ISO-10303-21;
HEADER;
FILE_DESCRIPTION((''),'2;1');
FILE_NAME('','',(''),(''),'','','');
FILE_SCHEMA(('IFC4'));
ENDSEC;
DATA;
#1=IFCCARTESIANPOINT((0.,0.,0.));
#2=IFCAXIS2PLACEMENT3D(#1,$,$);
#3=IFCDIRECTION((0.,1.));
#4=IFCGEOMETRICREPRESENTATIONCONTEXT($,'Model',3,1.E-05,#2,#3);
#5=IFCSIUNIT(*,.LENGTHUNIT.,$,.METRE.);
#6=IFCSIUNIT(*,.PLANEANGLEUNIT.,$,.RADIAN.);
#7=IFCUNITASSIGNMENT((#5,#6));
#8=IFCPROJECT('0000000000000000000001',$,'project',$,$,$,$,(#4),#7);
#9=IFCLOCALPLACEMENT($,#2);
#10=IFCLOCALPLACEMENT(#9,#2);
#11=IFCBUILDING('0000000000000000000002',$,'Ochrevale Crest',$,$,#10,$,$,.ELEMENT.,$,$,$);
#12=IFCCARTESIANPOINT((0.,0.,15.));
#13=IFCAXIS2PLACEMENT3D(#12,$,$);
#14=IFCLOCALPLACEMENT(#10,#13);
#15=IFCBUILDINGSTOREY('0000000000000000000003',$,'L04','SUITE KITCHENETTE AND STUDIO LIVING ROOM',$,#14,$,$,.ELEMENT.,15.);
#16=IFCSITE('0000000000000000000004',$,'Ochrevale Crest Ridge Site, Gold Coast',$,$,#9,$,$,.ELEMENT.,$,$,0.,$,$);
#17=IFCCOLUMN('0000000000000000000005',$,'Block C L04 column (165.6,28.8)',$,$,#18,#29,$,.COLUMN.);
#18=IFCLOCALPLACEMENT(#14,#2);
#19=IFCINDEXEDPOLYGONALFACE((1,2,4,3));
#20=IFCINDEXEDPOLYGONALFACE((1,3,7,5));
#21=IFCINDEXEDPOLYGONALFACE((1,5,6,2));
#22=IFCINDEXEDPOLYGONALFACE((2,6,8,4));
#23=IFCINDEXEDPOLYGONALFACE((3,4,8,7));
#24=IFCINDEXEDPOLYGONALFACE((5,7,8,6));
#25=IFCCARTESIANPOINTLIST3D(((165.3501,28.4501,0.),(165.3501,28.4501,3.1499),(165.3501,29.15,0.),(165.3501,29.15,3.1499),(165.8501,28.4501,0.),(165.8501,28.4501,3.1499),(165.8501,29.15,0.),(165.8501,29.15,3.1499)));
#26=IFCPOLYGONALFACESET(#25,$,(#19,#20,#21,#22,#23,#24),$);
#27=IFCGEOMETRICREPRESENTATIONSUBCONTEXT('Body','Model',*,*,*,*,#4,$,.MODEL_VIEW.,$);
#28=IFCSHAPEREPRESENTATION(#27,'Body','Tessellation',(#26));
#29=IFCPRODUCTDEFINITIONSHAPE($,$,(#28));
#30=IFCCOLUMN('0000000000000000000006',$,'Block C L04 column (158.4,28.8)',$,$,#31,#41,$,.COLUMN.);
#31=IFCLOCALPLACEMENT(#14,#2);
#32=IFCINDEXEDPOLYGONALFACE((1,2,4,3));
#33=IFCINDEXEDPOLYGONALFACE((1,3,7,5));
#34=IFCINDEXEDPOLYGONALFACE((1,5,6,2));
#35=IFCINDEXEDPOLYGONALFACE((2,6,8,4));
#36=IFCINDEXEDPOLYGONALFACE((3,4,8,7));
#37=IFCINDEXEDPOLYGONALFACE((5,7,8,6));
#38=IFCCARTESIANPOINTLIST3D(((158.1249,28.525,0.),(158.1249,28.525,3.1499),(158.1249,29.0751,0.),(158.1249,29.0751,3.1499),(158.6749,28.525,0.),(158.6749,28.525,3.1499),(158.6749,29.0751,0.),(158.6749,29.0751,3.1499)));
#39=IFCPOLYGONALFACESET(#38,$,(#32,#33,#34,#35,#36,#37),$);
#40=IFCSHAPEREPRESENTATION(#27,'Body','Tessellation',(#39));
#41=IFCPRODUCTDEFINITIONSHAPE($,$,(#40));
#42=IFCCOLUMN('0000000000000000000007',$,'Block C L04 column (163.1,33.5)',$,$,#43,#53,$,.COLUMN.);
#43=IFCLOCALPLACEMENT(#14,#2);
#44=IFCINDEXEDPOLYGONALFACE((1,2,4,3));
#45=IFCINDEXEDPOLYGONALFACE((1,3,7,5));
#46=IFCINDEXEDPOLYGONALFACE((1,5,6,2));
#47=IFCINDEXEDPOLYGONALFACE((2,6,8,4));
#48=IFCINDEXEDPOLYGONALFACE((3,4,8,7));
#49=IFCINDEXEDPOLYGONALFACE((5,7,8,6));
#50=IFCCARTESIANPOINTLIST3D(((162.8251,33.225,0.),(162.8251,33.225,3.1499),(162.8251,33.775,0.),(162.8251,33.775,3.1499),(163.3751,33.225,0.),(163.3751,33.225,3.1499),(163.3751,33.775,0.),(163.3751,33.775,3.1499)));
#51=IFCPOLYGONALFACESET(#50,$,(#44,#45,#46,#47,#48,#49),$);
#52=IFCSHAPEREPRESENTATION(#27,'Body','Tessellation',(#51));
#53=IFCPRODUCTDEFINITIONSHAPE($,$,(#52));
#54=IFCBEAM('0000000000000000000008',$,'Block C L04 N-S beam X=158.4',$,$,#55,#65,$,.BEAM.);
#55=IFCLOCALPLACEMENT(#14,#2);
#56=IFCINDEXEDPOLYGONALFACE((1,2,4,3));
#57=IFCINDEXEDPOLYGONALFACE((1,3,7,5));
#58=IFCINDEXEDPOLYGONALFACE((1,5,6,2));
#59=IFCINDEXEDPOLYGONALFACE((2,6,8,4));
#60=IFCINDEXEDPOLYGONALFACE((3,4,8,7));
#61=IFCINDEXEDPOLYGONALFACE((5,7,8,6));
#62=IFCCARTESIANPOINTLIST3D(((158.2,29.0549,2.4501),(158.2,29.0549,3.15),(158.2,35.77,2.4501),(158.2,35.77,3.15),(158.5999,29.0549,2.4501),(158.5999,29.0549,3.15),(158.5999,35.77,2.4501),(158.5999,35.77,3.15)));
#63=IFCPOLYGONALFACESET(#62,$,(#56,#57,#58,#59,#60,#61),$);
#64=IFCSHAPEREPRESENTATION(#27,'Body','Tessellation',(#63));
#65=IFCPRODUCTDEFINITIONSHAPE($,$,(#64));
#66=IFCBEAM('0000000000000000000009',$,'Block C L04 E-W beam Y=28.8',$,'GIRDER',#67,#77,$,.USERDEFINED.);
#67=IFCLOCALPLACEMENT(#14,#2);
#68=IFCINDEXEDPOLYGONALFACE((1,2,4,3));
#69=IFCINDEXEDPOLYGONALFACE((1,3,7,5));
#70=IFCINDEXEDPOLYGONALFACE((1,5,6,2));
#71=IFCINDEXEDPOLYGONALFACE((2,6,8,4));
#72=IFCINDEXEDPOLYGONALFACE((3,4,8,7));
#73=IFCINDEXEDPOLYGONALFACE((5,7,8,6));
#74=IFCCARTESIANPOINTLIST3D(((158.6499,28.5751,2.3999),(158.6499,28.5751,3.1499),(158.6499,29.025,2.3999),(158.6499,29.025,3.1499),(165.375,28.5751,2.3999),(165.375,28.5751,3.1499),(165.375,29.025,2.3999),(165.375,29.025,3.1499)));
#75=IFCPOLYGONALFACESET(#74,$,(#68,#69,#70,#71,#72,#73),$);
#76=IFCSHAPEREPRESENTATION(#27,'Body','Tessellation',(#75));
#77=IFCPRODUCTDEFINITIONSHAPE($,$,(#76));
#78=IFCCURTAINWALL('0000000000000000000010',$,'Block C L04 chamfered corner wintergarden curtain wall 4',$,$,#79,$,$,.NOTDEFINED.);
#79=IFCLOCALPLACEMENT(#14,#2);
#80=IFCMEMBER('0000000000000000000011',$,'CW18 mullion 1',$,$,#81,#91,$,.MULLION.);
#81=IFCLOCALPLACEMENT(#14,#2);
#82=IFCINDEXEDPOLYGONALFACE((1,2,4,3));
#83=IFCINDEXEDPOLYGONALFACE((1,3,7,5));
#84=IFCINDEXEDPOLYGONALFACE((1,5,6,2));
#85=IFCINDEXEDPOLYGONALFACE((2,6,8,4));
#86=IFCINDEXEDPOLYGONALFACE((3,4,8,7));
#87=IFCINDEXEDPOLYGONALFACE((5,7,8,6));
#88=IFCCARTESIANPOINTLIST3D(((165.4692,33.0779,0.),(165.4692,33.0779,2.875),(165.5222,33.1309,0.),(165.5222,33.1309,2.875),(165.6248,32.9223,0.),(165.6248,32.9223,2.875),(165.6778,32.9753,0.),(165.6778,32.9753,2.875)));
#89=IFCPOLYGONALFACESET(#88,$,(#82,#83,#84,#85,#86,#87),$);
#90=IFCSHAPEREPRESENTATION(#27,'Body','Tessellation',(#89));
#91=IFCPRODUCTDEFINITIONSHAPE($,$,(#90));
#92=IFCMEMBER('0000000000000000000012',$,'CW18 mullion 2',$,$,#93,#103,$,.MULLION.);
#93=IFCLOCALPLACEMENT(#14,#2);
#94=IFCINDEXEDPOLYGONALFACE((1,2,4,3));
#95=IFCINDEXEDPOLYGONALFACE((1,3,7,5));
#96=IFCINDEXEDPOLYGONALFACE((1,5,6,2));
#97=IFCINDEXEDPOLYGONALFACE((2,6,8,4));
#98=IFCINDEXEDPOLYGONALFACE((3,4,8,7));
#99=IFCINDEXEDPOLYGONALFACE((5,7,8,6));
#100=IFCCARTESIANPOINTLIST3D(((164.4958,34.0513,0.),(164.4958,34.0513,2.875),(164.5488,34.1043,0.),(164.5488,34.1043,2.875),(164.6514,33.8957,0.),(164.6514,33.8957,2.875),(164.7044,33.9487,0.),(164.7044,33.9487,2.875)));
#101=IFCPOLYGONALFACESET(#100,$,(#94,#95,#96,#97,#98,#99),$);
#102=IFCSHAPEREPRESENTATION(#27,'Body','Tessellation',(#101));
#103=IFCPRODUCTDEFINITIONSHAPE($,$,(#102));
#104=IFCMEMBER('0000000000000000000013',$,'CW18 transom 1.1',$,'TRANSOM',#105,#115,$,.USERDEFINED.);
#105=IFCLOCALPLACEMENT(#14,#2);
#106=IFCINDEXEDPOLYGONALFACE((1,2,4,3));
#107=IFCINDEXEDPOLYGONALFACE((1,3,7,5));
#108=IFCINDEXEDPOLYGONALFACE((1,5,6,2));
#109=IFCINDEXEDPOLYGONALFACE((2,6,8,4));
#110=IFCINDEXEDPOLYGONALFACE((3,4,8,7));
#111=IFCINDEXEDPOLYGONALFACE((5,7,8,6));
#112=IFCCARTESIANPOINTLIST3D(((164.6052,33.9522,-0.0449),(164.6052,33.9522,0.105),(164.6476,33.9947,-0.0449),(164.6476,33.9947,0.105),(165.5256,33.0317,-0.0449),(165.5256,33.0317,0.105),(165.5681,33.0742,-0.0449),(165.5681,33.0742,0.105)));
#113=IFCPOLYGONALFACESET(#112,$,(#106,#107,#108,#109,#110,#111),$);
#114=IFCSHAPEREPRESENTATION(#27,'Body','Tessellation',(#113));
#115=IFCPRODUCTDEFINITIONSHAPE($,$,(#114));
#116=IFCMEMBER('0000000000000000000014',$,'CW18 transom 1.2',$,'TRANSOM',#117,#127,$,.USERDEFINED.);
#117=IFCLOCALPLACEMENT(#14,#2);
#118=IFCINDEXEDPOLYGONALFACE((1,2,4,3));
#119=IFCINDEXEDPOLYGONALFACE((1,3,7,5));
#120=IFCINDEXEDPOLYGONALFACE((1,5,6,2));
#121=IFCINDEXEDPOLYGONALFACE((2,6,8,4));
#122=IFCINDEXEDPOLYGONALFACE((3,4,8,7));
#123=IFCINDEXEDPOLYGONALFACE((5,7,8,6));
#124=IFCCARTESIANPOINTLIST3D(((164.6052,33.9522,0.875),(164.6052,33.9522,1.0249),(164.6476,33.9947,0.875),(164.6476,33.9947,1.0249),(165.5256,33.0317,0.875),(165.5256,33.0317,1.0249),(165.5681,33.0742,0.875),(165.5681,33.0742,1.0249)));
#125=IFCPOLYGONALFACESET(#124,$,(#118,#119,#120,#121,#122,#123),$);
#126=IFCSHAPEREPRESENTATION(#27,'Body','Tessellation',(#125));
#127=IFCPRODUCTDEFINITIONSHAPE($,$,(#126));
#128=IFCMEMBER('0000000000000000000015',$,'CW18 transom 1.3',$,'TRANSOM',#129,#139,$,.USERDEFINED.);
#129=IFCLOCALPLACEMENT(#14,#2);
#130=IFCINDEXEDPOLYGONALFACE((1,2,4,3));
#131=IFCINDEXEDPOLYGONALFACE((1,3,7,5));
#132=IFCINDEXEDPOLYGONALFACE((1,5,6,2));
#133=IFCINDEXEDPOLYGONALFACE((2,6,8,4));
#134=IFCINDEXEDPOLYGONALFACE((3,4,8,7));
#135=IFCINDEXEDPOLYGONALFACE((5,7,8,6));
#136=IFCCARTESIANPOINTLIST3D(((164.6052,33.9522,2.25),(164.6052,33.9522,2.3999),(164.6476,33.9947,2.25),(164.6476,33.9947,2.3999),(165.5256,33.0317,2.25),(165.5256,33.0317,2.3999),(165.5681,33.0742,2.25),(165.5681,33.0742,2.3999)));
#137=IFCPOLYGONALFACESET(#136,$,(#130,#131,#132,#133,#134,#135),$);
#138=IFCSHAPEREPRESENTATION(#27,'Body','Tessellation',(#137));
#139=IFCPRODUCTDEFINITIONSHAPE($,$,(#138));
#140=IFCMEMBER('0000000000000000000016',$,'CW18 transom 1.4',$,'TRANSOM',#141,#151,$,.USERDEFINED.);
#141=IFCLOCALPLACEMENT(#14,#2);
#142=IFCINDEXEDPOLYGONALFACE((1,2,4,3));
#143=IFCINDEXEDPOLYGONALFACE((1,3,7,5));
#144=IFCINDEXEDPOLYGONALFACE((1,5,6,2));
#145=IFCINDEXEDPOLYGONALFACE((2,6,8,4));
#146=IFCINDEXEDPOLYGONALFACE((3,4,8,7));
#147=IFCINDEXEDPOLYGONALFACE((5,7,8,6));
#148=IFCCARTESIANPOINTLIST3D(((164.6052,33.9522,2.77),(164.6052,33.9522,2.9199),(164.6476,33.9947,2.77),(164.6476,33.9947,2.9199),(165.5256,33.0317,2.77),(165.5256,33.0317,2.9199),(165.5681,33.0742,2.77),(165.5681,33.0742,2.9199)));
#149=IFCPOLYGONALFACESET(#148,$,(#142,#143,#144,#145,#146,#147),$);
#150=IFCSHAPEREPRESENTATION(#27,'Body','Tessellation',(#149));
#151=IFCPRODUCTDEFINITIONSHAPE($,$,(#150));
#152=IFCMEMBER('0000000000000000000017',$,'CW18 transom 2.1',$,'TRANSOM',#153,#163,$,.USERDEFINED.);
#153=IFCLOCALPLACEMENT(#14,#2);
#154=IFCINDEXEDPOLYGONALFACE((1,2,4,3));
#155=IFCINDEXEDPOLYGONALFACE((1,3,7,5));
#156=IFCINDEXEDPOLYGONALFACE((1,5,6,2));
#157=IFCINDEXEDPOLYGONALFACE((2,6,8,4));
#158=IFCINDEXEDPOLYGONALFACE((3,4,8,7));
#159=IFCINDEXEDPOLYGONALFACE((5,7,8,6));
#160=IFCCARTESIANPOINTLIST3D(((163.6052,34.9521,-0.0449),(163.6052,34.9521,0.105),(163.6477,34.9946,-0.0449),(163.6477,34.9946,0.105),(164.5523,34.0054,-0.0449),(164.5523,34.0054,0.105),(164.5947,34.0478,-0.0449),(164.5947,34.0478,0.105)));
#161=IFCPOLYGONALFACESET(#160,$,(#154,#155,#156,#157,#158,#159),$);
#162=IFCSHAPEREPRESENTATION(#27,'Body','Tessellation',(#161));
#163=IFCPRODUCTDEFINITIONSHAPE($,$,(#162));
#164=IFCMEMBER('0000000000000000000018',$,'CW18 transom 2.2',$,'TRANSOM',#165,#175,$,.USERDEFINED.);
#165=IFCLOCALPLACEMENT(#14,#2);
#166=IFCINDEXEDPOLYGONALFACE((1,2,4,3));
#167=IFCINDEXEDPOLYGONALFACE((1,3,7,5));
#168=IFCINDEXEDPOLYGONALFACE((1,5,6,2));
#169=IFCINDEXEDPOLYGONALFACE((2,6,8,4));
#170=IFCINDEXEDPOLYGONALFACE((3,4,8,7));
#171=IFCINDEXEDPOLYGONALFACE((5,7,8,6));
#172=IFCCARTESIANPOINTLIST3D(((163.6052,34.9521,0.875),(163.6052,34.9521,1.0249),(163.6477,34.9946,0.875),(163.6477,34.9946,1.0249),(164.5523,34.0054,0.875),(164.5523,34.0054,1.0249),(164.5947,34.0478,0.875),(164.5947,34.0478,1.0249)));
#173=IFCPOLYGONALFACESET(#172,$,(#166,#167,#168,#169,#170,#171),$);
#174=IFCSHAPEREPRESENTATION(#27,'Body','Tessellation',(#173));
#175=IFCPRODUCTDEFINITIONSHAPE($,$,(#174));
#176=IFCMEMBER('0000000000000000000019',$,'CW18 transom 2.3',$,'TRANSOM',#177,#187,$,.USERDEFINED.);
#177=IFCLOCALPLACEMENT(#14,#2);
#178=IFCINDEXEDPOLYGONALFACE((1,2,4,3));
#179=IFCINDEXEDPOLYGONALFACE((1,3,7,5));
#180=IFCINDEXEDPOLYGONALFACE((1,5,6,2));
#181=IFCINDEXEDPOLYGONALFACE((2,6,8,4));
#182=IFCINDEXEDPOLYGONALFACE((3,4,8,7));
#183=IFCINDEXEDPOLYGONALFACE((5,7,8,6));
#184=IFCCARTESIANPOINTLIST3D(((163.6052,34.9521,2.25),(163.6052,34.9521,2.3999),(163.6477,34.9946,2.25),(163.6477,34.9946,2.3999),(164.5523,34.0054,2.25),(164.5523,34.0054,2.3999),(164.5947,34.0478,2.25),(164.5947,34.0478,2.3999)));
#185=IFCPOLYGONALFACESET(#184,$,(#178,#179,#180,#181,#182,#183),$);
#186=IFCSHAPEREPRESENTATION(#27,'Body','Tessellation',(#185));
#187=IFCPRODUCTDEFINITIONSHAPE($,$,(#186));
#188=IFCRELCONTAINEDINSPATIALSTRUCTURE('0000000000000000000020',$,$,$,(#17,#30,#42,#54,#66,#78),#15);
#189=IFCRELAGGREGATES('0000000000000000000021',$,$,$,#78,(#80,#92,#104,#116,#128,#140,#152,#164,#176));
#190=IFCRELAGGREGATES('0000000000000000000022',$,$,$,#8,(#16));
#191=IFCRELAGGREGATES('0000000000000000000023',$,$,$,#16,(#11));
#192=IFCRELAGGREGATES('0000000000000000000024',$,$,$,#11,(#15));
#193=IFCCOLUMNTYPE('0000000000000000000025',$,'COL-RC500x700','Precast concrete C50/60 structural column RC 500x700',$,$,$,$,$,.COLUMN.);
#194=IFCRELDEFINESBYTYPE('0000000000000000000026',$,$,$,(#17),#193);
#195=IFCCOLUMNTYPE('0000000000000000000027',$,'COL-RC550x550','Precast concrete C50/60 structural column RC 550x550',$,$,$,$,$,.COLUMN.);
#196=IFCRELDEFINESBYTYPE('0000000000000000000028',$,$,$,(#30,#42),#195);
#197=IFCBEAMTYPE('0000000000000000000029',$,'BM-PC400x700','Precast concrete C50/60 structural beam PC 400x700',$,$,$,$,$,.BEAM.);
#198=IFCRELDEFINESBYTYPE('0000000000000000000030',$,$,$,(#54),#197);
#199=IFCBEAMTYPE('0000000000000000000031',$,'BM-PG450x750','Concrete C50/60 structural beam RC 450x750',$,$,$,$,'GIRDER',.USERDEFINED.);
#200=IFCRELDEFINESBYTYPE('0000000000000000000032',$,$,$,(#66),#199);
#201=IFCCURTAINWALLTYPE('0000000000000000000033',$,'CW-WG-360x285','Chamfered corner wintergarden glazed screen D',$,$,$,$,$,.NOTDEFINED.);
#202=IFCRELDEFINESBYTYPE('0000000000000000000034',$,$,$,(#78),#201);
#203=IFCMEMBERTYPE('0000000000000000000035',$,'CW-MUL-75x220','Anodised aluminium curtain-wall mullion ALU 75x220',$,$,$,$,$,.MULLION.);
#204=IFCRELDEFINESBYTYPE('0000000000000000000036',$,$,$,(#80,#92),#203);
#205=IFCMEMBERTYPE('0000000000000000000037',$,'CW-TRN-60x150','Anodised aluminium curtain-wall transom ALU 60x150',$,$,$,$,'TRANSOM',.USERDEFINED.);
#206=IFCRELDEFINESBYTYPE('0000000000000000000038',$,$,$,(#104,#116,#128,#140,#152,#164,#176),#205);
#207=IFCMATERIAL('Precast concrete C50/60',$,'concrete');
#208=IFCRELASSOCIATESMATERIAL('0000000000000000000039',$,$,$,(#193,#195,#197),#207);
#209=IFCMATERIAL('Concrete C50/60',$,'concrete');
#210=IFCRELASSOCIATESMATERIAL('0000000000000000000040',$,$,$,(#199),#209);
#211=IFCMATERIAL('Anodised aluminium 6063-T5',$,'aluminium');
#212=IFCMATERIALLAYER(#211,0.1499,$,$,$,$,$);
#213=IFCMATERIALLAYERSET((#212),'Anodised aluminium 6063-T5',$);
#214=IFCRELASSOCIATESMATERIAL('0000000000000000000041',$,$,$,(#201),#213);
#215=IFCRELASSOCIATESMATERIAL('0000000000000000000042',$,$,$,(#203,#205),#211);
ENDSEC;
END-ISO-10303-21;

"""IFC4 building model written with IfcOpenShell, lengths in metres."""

from ifc_helpers import new_model, si_unit, direction, frame, origin, origin_2d, place, context, subcontext, project, spatial, rectangle, extrude, material, layer, layer_set, material_profile, profile_set, type_object, element, aggregate, save


model = new_model("IFC4")

# Units and contexts
model_context = context("Model", 3, precision=1e-05, world=origin(), true_north=direction((0.0, 1.0)))
body_context = subcontext(model_context, "Body", "Model", "MODEL_VIEW")
ifc_project = project(units=[si_unit("LENGTHUNIT", "METRE"), si_unit("PLANEANGLEUNIT", "RADIAN")], contexts=[model_context])

# Site, building, storey
site_placement = place(None, origin())
site = spatial("IfcSite", under=ifc_project, at=site_placement, Name="Ochrevale Crest Ridge Site, Gold Coast", CompositionType="ELEMENT", RefElevation=0.0)
building_placement = place(site_placement, origin())
building = spatial("IfcBuilding", under=site, at=building_placement, Name="Ochrevale Crest", CompositionType="ELEMENT")
storey_placement = place(building_placement, frame((0.0, 0.0, 15.0)))
storey = spatial("IfcBuildingStorey", under=building, at=storey_placement, Name="L04", Description="SUITE KITCHENETTE AND STUDIO LIVING ROOM", CompositionType="ELEMENT", Elevation=15.0)

# Columns
ifc_material_1 = material(Name="Precast concrete C50/60", Category="concrete")
ifc_material_profile_1 = material_profile(ifc_material_1, rectangle(XDim=0.5, YDim=0.7, at=origin_2d()), Name="RC 500x700")
ifc_profile_set_1 = profile_set([ifc_material_profile_1], Name="Precast concrete C50/60")
column_type_1 = type_object("IfcColumnType", Name="COL-RC500x700", Description="Precast concrete C50/60 structural column RC 500x700", PredefinedType="COLUMN", material=ifc_profile_set_1)
column_placement = place(storey_placement, frame((165.6001, 28.8, 0.0), z_axis=(0.0, 0.0, 1.0), x_axis=(1.0, 0.0, 0.0)))
element("IfcColumn", 1, at=column_placement, inside=storey, type_object=column_type_1, Name="Block C L04 column (165.6,28.8)", PredefinedType="COLUMN", context=body_context, shape_type="SweptSolid", body=[
    extrude(rectangle(XDim=0.5, YDim=0.7, at=origin_2d()), origin(), (0.0, 0.0, 1.0), 3.1499),
])
ifc_material_profile_2 = material_profile(ifc_material_1, rectangle(XDim=0.55, YDim=0.55, at=origin_2d()), Name="RC 550x550")
ifc_profile_set_2 = profile_set([ifc_material_profile_2], Name="Precast concrete C50/60")
column_type_2 = type_object("IfcColumnType", Name="COL-RC550x550", Description="Precast concrete C50/60 structural column RC 550x550", PredefinedType="COLUMN", material=ifc_profile_set_2)
for number, where, z_axis, x_axis, name in (
    (2, (158.3999, 28.8, 0.0), (0.0, 0.0, 1.0), (1.0, 0.0, 0.0), "Block C L04 column (158.4,28.8)"),
    (3, (163.1001, 33.5, 0.0), (0.0, 0.0, 1.0), (1.0, 0.0, 0.0), "Block C L04 column (163.1,33.5)"),
):
    element("IfcColumn", number, at=place(storey_placement, frame(where, z_axis=z_axis, x_axis=x_axis)), inside=storey, type_object=column_type_2, Name=name, PredefinedType="COLUMN", context=body_context, shape_type="SweptSolid", body=[
        extrude(rectangle(XDim=0.55, YDim=0.55, at=origin_2d()), origin(), (0.0, 0.0, 1.0), 3.1499),
    ])

# Beams
ifc_material_profile_3 = material_profile(ifc_material_1, rectangle(XDim=0.3999, YDim=0.7, at=origin_2d()), Name="PC 400x700")
ifc_profile_set_3 = profile_set([ifc_material_profile_3], Name="Precast concrete C50/60")
beam_type_1 = type_object("IfcBeamType", Name="BM-PC400x700", Description="Precast concrete C50/60 structural beam PC 400x700", PredefinedType="BEAM", material=ifc_profile_set_3)
beam_1_placement = place(storey_placement, frame((158.3999, 29.0549, 2.8), z_axis=(0.0, 1.0, 0.0), x_axis=(-1.0, 0.0, 0.0)))
element("IfcBeam", 4, at=beam_1_placement, inside=storey, type_object=beam_type_1, Name="Block C L04 N-S beam X=158.4", PredefinedType="BEAM", context=body_context, shape_type="SweptSolid", body=[
    extrude(rectangle(XDim=0.3999, YDim=0.7, at=origin_2d()), origin(), (0.0, 0.0, 1.0), 6.7151),
])
ifc_material_2 = material(Name="Concrete C50/60", Category="concrete")
ifc_material_profile_4 = material_profile(ifc_material_2, rectangle(XDim=0.45, YDim=0.75, at=origin_2d()), Name="RC 450x750")
ifc_profile_set_4 = profile_set([ifc_material_profile_4], Name="Concrete C50/60")
beam_type_2 = type_object("IfcBeamType", Name="BM-PG450x750", Description="Concrete C50/60 structural beam RC 450x750", ElementType="GIRDER", PredefinedType="USERDEFINED", material=ifc_profile_set_4)
beam_2_placement = place(storey_placement, frame((158.6499, 28.8, 2.7749), z_axis=(1.0, 0.0, 0.0), x_axis=(0.0, 1.0, 0.0)))
element("IfcBeam", 5, at=beam_2_placement, inside=storey, type_object=beam_type_2, Name="Block C L04 E-W beam Y=28.8", ObjectType="GIRDER", PredefinedType="USERDEFINED", context=body_context, shape_type="SweptSolid", body=[
    extrude(rectangle(XDim=0.45, YDim=0.75, at=origin_2d()), origin(), (0.0, 0.0, 1.0), 6.7251),
])

# Curtain wall, members
ifc_material_3 = material(Name="Anodised aluminium 6063-T5", Category="aluminium")
ifc_layer_1 = layer(ifc_material_3, 0.1499)
ifc_layer_set_1 = layer_set([ifc_layer_1], Name="Anodised aluminium 6063-T5")
curtain_wall_type = type_object("IfcCurtainWallType", Name="CW-WG-360x285", Description="Chamfered corner wintergarden glazed screen D", PredefinedType="NOTDEFINED", material=ifc_layer_set_1)
curtain_wall_placement = place(storey_placement, origin())
curtain_wall = element("IfcCurtainWall", 6, at=curtain_wall_placement, inside=storey, type_object=curtain_wall_type, Name="Block C L04 chamfered corner wintergarden curtain wall 4", PredefinedType="NOTDEFINED")
ifc_material_profile_5 = material_profile(ifc_material_3, rectangle(XDim=0.075, YDim=0.22, at=origin_2d()), Name="ALU 75x220")
ifc_profile_set_5 = profile_set([ifc_material_profile_5], Name="Anodised aluminium 6063-T5")
member_type_1 = type_object("IfcMemberType", Name="CW-MUL-75x220", Description="Anodised aluminium curtain-wall mullion ALU 75x220", PredefinedType="MULLION", material=ifc_profile_set_5)
member_1_placement = place(storey_placement, frame((165.5735, 33.0266, 0.0), z_axis=(0.0, 0.0, 1.0), x_axis=(-0.707107, -0.707107, 0.0)))
member_1 = element("IfcMember", 7, at=member_1_placement, type_object=member_type_1, Name="CW18 mullion 1", PredefinedType="MULLION", context=body_context, shape_type="SweptSolid", body=[
    extrude(rectangle(XDim=0.075, YDim=0.22, at=origin_2d()), origin(), (0.0, 0.0, 1.0), 2.875),
])
member_2_placement = place(storey_placement, frame((164.6001, 34.0, 0.0), z_axis=(0.0, 0.0, 1.0), x_axis=(-0.707107, -0.707107, 0.0)))
member_2 = element("IfcMember", 8, at=member_2_placement, type_object=member_type_1, Name="CW18 mullion 2", PredefinedType="MULLION", context=body_context, shape_type="SweptSolid", body=[
    extrude(rectangle(XDim=0.075, YDim=0.22, at=origin_2d()), origin(), (0.0, 0.0, 1.0), 2.875),
])
ifc_material_profile_6 = material_profile(ifc_material_3, rectangle(XDim=0.0601, YDim=0.1499, at=origin_2d()), Name="ALU 60x150")
ifc_profile_set_6 = profile_set([ifc_material_profile_6], Name="Anodised aluminium 6063-T5")
member_type_2 = type_object("IfcMemberType", Name="CW-TRN-60x150", Description="Anodised aluminium curtain-wall transom ALU 60x150", ElementType="TRANSOM", PredefinedType="USERDEFINED", material=ifc_profile_set_6)
member_3_placement = place(storey_placement, frame((165.5469, 33.053, 0.03), z_axis=(-0.707107, 0.707107, 0.0), x_axis=(-0.707107, -0.707107, 0.0)))
member_3 = element("IfcMember", 9, at=member_3_placement, type_object=member_type_2, Name="CW18 transom 1.1", ObjectType="TRANSOM", PredefinedType="USERDEFINED", context=body_context, shape_type="SweptSolid", body=[
    extrude(rectangle(XDim=0.0601, YDim=0.1499, at=origin_2d()), origin(), (0.0, 0.0, 1.0), 1.3018),
])
member_4_placement = place(storey_placement, frame((165.5469, 33.053, 0.95), z_axis=(-0.707107, 0.707107, 0.0), x_axis=(-0.707107, -0.707107, 0.0)))
member_4 = element("IfcMember", 10, at=member_4_placement, type_object=member_type_2, Name="CW18 transom 1.2", ObjectType="TRANSOM", PredefinedType="USERDEFINED", context=body_context, shape_type="SweptSolid", body=[
    extrude(rectangle(XDim=0.0601, YDim=0.1499, at=origin_2d()), origin(), (0.0, 0.0, 1.0), 1.3018),
])
member_5_placement = place(storey_placement, frame((165.5469, 33.053, 2.325), z_axis=(-0.707107, 0.707107, 0.0), x_axis=(-0.707107, -0.707107, 0.0)))
member_5 = element("IfcMember", 11, at=member_5_placement, type_object=member_type_2, Name="CW18 transom 1.3", ObjectType="TRANSOM", PredefinedType="USERDEFINED", context=body_context, shape_type="SweptSolid", body=[
    extrude(rectangle(XDim=0.0601, YDim=0.1499, at=origin_2d()), origin(), (0.0, 0.0, 1.0), 1.3018),
])
member_6_placement = place(storey_placement, frame((165.5469, 33.053, 2.845), z_axis=(-0.707107, 0.707107, 0.0), x_axis=(-0.707107, -0.707107, 0.0)))
member_6 = element("IfcMember", 12, at=member_6_placement, type_object=member_type_2, Name="CW18 transom 1.4", ObjectType="TRANSOM", PredefinedType="USERDEFINED", context=body_context, shape_type="SweptSolid", body=[
    extrude(rectangle(XDim=0.0601, YDim=0.1499, at=origin_2d()), origin(), (0.0, 0.0, 1.0), 1.3018),
])
member_7_placement = place(storey_placement, frame((164.5735, 34.0266, 0.03), z_axis=(-0.707198, 0.707016, 0.0), x_axis=(-0.707016, -0.707198, 0.0)))
member_7 = element("IfcMember", 13, at=member_7_placement, type_object=member_type_2, Name="CW18 transom 2.1", ObjectType="TRANSOM", PredefinedType="USERDEFINED", context=body_context, shape_type="SweptSolid", body=[
    extrude(rectangle(XDim=0.0601, YDim=0.1499, at=origin_2d()), origin(), (0.0, 0.0, 1.0), 1.3391),
])
member_8_placement = place(storey_placement, frame((164.5735, 34.0266, 0.95), z_axis=(-0.707198, 0.707016, 0.0), x_axis=(-0.707016, -0.707198, 0.0)))
member_8 = element("IfcMember", 14, at=member_8_placement, type_object=member_type_2, Name="CW18 transom 2.2", ObjectType="TRANSOM", PredefinedType="USERDEFINED", context=body_context, shape_type="SweptSolid", body=[
    extrude(rectangle(XDim=0.0601, YDim=0.1499, at=origin_2d()), origin(), (0.0, 0.0, 1.0), 1.3391),
])
member_9_placement = place(storey_placement, frame((164.5735, 34.0266, 2.325), z_axis=(-0.707198, 0.707016, 0.0), x_axis=(-0.707016, -0.707198, 0.0)))
member_9 = element("IfcMember", 15, at=member_9_placement, type_object=member_type_2, Name="CW18 transom 2.3", ObjectType="TRANSOM", PredefinedType="USERDEFINED", context=body_context, shape_type="SweptSolid", body=[
    extrude(rectangle(XDim=0.0601, YDim=0.1499, at=origin_2d()), origin(), (0.0, 0.0, 1.0), 1.3391),
])
aggregate(curtain_wall, [member_1, member_2, member_3, member_4, member_5, member_6, member_7, member_8, member_9])

save(model, "model.ifc")
